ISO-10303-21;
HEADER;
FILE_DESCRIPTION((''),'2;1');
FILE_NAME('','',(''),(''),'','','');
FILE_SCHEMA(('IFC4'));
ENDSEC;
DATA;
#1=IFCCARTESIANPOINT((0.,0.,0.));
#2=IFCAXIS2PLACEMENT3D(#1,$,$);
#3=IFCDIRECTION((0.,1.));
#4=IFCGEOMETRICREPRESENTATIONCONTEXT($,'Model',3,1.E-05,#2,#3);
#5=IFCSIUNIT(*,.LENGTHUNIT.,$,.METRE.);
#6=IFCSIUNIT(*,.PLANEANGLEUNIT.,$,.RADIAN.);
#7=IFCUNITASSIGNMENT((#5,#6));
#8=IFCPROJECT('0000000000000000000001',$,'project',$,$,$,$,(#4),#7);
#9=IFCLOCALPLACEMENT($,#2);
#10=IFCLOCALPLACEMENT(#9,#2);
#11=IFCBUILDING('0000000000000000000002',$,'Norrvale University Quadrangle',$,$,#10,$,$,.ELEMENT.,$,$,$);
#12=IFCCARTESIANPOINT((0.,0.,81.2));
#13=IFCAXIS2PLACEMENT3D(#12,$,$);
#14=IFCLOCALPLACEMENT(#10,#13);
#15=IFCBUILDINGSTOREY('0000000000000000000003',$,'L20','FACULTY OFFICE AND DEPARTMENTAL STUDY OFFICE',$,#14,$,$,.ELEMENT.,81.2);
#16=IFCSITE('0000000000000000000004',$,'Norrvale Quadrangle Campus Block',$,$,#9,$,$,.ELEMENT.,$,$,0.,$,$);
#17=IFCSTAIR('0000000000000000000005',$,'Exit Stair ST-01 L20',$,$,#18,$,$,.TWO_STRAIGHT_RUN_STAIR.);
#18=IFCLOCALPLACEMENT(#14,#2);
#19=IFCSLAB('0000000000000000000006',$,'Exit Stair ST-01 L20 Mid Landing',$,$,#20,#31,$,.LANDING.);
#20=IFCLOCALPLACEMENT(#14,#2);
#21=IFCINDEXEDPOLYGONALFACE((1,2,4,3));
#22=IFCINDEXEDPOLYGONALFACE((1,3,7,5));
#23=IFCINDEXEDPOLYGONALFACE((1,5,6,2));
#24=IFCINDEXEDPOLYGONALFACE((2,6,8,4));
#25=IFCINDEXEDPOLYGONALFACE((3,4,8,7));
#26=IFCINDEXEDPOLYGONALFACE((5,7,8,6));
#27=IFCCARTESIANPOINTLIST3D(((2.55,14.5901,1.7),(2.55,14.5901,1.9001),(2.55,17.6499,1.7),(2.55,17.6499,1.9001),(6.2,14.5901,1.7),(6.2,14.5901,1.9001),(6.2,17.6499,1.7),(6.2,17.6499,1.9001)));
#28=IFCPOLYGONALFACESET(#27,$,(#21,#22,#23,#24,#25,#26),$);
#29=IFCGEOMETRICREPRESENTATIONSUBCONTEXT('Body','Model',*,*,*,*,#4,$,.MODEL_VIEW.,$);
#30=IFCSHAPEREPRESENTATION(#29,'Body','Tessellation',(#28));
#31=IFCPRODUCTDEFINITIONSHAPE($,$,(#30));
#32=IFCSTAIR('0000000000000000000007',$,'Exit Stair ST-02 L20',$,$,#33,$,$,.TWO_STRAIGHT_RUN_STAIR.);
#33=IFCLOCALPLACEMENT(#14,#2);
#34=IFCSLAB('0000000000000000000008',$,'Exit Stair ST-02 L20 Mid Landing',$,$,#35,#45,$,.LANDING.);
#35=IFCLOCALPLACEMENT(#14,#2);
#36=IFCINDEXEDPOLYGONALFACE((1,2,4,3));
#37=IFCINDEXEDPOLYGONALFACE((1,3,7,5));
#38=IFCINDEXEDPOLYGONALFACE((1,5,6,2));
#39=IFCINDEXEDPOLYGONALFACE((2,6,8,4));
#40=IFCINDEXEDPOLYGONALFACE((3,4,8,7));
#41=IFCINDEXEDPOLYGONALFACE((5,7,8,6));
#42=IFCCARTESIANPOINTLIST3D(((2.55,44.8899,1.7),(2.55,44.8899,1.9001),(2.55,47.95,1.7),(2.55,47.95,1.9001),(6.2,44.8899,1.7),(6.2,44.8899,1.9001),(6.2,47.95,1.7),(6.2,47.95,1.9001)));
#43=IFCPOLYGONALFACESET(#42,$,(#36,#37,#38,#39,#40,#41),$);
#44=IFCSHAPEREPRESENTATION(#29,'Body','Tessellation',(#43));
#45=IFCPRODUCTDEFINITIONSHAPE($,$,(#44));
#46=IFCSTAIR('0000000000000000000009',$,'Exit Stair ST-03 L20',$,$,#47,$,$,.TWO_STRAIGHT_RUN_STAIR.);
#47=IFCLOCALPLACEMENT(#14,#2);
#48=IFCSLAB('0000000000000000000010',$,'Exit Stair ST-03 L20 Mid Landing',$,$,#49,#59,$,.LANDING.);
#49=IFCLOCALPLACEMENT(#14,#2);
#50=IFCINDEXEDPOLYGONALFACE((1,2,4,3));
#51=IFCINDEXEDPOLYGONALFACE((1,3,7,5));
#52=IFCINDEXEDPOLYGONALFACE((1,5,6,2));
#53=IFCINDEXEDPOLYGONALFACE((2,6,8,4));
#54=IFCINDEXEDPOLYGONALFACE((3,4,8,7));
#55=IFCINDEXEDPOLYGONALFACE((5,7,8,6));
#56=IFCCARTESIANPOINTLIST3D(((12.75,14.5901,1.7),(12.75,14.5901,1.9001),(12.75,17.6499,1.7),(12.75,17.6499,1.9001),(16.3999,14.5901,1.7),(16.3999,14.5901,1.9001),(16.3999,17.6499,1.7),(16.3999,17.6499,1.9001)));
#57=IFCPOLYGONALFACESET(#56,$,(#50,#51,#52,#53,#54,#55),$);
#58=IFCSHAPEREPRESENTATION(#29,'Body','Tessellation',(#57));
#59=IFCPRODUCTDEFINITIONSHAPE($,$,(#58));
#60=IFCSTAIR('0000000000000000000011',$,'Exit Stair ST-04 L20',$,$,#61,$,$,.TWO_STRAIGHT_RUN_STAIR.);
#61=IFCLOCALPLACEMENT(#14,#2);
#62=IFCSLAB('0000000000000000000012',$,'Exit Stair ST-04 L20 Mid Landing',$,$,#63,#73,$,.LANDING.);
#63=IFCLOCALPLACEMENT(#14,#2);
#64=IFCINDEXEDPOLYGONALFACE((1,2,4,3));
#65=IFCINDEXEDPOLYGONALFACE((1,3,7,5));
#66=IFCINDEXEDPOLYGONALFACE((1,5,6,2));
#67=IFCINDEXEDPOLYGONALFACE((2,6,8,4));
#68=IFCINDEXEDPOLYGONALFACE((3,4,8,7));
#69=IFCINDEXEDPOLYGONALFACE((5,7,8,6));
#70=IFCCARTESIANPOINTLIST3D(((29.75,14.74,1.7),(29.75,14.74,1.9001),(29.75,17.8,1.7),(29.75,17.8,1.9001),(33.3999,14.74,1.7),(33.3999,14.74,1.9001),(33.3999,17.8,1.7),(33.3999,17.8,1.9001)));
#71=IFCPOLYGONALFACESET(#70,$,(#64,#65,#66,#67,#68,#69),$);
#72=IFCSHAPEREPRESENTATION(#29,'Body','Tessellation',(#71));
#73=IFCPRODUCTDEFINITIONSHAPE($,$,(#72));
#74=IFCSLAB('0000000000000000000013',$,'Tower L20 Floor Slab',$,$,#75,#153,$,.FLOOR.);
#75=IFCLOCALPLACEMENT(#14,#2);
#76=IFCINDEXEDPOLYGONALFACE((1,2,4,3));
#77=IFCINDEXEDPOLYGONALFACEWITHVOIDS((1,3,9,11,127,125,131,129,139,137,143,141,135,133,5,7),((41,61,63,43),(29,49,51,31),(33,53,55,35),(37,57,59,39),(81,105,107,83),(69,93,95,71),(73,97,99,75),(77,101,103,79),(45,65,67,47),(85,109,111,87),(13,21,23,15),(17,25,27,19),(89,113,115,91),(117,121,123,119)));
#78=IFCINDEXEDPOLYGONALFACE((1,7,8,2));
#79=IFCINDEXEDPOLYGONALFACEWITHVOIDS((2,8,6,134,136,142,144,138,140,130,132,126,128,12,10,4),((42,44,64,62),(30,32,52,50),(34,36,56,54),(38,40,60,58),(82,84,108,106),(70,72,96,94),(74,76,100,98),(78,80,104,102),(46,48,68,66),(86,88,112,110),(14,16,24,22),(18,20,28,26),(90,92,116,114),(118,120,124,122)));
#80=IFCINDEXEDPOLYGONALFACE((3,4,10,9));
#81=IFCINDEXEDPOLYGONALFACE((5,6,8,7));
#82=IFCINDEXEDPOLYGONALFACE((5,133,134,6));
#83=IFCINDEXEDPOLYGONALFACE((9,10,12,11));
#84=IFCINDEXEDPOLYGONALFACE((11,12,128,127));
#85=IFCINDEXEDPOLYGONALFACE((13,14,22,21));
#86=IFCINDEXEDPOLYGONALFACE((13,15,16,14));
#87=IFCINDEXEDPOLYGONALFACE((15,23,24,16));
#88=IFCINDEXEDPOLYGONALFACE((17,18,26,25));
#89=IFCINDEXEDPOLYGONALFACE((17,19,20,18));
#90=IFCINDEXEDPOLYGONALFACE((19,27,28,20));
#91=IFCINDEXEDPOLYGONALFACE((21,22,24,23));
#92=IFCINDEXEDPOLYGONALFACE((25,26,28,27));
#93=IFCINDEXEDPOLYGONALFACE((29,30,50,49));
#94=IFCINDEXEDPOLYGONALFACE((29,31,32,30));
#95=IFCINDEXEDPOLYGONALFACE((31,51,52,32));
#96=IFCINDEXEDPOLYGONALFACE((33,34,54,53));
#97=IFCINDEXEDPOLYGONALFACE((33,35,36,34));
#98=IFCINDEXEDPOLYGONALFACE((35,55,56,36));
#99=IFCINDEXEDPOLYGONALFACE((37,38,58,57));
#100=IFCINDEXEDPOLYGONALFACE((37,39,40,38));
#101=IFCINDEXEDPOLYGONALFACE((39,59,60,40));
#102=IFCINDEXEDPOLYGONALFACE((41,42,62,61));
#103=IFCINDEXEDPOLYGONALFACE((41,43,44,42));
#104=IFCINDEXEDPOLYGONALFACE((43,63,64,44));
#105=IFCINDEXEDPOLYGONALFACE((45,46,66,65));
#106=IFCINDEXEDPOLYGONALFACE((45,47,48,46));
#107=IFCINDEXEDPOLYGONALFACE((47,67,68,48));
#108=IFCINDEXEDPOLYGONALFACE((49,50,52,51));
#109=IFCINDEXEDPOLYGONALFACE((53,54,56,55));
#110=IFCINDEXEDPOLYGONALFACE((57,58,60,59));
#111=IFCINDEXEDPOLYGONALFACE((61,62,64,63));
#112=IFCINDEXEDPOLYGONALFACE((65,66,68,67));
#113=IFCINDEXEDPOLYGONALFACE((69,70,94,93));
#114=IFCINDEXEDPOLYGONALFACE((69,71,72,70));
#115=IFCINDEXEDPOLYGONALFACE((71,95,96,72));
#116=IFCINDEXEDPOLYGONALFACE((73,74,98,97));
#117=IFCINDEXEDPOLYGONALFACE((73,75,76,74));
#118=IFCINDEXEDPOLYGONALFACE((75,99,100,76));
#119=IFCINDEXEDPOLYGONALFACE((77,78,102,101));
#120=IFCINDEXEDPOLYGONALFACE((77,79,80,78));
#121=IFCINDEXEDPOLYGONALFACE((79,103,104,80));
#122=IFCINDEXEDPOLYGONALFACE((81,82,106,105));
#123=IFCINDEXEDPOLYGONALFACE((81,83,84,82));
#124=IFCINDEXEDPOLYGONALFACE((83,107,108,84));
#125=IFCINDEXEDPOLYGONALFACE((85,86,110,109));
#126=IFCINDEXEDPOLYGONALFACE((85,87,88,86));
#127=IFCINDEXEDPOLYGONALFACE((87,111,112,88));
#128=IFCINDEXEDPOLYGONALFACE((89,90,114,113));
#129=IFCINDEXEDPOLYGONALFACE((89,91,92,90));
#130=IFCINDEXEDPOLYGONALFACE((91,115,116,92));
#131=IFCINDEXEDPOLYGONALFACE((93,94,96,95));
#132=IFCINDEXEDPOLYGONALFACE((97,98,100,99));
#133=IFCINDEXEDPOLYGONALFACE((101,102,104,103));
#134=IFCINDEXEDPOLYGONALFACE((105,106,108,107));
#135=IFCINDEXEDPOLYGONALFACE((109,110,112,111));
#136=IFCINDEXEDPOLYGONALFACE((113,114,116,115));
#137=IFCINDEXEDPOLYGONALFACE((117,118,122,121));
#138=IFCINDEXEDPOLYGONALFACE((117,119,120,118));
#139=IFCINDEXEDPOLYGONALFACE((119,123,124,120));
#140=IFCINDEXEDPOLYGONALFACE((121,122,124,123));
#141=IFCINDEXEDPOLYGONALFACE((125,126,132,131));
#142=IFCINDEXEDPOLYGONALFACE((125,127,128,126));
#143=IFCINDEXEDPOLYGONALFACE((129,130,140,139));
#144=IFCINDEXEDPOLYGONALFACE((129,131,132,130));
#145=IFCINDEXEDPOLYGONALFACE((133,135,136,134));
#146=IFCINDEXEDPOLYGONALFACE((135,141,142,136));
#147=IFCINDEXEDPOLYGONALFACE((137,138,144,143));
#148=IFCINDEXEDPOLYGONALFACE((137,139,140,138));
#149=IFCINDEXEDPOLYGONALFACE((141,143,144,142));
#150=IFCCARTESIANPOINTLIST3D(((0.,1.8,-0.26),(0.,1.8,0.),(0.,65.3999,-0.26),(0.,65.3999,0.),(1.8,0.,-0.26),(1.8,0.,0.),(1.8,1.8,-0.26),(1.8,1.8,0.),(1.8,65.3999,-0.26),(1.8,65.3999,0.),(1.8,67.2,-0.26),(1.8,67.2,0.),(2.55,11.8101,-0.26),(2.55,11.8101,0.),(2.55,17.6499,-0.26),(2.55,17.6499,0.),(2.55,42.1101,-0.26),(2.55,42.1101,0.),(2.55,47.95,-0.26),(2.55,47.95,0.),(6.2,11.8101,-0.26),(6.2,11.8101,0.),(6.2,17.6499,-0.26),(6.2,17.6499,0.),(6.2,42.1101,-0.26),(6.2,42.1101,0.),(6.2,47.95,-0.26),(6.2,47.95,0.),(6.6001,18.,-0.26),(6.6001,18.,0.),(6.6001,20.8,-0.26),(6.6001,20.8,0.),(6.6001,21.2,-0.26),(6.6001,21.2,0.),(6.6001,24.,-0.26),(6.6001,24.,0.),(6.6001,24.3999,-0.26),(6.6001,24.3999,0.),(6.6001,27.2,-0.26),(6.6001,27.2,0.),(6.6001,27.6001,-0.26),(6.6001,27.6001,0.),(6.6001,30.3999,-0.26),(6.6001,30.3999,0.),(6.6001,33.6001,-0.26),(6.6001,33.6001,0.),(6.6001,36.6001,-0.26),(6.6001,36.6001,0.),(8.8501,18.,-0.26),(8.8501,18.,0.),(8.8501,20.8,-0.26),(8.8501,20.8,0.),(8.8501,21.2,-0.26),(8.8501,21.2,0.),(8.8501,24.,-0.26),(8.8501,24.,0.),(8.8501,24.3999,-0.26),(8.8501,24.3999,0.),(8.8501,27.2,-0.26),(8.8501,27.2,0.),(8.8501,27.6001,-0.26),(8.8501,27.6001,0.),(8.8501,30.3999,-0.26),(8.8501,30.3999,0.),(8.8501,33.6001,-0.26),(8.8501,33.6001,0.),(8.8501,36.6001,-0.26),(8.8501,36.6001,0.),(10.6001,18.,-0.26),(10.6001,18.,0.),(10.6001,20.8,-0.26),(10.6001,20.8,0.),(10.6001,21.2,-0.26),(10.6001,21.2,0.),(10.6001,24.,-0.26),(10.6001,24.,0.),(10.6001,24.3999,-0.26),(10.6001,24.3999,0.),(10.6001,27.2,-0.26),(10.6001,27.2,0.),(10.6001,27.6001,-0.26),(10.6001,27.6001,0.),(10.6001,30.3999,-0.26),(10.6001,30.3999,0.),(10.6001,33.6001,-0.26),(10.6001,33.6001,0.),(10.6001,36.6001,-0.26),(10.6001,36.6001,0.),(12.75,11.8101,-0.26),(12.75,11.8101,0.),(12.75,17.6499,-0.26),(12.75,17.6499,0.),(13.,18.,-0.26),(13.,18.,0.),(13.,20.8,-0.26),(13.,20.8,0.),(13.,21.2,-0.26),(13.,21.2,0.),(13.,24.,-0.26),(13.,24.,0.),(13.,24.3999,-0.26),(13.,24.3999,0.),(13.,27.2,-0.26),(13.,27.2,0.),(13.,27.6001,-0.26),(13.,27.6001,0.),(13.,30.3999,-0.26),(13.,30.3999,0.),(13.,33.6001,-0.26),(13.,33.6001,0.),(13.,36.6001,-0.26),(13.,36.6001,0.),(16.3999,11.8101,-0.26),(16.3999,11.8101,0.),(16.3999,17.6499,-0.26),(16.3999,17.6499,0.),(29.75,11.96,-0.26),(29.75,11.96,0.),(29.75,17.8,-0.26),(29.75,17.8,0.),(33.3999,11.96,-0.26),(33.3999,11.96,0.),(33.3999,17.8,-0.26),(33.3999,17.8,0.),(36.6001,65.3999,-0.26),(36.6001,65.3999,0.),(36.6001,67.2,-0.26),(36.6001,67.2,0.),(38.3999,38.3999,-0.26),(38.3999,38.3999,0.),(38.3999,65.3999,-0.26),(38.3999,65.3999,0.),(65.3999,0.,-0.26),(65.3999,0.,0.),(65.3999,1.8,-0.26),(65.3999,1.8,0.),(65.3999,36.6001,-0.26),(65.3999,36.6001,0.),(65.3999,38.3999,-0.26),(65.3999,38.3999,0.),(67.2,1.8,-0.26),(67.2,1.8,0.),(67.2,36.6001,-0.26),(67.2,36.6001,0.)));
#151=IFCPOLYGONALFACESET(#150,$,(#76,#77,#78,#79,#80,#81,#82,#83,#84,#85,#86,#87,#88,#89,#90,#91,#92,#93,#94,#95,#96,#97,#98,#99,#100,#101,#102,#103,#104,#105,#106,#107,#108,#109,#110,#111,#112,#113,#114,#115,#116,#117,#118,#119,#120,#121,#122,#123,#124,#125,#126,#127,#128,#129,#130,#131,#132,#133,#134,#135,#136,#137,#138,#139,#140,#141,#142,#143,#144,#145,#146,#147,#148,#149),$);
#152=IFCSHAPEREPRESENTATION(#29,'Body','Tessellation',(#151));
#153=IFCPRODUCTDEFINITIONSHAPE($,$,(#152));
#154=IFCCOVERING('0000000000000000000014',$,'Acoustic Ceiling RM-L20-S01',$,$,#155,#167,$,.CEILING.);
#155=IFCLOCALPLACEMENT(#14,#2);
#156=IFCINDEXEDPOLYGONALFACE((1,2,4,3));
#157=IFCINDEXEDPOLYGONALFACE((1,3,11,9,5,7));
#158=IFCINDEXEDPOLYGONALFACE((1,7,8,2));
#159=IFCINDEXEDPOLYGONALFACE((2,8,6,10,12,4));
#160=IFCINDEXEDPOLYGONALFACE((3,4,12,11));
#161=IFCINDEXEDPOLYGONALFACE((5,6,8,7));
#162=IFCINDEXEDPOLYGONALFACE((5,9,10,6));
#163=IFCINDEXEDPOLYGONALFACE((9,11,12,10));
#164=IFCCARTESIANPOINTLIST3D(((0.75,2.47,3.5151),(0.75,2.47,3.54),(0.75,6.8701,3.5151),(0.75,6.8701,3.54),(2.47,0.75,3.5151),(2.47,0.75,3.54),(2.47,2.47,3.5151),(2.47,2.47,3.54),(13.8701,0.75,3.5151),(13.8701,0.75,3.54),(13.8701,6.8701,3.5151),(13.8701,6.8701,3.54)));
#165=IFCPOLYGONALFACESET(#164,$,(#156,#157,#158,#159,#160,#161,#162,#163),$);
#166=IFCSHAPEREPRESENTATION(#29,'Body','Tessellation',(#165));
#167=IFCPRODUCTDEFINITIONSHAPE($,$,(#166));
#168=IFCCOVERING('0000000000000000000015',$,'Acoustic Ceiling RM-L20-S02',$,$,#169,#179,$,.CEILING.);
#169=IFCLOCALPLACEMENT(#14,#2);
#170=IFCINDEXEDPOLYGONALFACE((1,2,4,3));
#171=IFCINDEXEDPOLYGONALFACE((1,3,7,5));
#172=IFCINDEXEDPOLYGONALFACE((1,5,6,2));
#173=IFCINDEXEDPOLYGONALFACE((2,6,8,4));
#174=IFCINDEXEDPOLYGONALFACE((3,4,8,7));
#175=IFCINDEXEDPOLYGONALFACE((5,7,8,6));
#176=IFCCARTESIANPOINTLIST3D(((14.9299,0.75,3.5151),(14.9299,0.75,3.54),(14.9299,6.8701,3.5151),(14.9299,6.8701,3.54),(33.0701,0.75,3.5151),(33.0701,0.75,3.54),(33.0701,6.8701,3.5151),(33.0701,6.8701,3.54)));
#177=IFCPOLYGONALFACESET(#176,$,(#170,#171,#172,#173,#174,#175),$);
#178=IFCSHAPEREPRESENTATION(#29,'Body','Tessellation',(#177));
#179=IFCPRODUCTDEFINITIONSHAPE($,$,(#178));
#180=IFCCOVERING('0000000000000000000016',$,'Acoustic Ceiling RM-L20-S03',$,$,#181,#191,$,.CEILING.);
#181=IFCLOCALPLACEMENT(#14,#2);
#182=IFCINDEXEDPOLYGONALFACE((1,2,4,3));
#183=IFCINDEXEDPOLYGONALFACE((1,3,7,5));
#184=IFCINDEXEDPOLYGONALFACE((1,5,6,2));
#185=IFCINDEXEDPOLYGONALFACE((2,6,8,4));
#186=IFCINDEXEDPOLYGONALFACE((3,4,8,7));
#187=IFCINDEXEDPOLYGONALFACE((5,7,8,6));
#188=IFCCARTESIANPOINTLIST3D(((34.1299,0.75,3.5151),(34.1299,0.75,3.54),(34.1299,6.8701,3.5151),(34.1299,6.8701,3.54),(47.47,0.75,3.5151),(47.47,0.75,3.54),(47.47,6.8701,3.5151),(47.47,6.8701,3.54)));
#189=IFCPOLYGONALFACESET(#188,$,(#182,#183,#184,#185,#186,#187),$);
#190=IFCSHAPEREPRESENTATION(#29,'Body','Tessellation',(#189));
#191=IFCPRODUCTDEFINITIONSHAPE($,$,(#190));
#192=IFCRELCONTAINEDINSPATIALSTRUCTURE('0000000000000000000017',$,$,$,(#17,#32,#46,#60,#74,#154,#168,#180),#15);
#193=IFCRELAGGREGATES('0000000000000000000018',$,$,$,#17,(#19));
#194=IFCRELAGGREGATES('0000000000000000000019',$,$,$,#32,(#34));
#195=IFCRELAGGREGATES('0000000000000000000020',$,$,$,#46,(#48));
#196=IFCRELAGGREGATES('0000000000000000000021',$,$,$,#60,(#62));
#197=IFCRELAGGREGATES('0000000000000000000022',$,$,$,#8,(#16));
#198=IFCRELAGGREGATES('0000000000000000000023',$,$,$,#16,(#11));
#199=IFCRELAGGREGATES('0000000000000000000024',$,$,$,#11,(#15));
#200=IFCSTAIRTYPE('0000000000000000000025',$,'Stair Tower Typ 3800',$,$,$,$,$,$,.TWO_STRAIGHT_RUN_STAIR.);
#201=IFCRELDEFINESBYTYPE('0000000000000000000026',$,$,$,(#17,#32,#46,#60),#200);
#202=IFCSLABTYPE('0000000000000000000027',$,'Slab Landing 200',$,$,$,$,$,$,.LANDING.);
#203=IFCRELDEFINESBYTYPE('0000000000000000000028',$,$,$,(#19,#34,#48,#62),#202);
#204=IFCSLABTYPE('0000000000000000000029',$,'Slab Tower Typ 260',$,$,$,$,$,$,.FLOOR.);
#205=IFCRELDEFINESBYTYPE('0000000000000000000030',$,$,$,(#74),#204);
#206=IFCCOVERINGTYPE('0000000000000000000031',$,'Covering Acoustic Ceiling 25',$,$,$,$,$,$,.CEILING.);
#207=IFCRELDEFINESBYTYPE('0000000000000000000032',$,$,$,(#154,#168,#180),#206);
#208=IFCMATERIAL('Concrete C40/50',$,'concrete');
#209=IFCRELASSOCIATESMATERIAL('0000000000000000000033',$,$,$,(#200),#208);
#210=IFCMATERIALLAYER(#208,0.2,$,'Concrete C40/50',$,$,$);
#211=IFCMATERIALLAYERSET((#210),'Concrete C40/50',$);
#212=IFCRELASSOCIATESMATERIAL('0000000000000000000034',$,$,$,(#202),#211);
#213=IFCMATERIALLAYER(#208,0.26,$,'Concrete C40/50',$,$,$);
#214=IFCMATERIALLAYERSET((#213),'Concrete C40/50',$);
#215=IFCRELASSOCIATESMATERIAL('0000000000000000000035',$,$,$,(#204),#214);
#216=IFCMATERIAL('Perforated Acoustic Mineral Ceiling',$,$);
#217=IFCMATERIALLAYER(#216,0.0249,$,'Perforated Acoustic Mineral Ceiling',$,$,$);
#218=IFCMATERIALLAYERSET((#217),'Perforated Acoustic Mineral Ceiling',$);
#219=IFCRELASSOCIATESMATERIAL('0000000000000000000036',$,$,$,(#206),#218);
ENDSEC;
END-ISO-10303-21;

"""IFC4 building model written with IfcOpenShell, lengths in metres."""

from ifc_helpers import new_model, si_unit, direction, frame, origin, place, context, subcontext, project, spatial, polyline, outline, extrude, material, layer, layer_set, type_object, element, aggregate, save


model = new_model("IFC4")

# Units and contexts
model_context = context("Model", 3, precision=1e-05, world=origin(), true_north=direction((0.0, 1.0)))
body_context = subcontext(model_context, "Body", "Model", "MODEL_VIEW")
ifc_project = project(units=[si_unit("LENGTHUNIT", "METRE"), si_unit("PLANEANGLEUNIT", "RADIAN")], contexts=[model_context])

# Site, building, storey
site_placement = place(None, origin())
site = spatial("IfcSite", under=ifc_project, at=site_placement, Name="Norrvale Quadrangle Campus Block", CompositionType="ELEMENT", RefElevation=0.0)
building_placement = place(site_placement, origin())
building = spatial("IfcBuilding", under=site, at=building_placement, Name="Norrvale University Quadrangle", CompositionType="ELEMENT")
storey_placement = place(building_placement, frame((0.0, 0.0, 81.2)))
storey = spatial("IfcBuildingStorey", under=building, at=storey_placement, Name="L20", Description="FACULTY OFFICE AND DEPARTMENTAL STUDY OFFICE", CompositionType="ELEMENT", Elevation=81.2)

# Stairs, slabs
ifc_material_1 = material(Name="Concrete C40/50", Category="concrete")
stair_type = type_object("IfcStairType", Name="Stair Tower Typ 3800", PredefinedType="TWO_STRAIGHT_RUN_STAIR", material=ifc_material_1)
stair_1_placement = place(storey_placement, origin())
stair_1 = element("IfcStair", 1, at=stair_1_placement, inside=storey, type_object=stair_type, Name="Exit Stair ST-01 L20", PredefinedType="TWO_STRAIGHT_RUN_STAIR")
ifc_layer_1 = layer(ifc_material_1, 0.2, Name="Concrete C40/50")
ifc_layer_set_1 = layer_set([ifc_layer_1], Name="Concrete C40/50")
slab_type_1 = type_object("IfcSlabType", Name="Slab Landing 200", PredefinedType="LANDING", material=ifc_layer_set_1)
slab_1_placement = place(storey_placement, frame((0.0, 0.0, 1.7)))
slab_1 = element("IfcSlab", 2, at=slab_1_placement, type_object=slab_type_1, Name="Exit Stair ST-01 L20 Mid Landing", PredefinedType="LANDING", context=body_context, shape_type="SweptSolid", body=[
    extrude(outline(polyline([(2.55, 14.5901), (6.2, 14.5901), (6.2, 17.6499), (2.55, 17.6499), (2.55, 14.5901)])), origin(), (0.0, 0.0, 1.0), 0.2002),
])
aggregate(stair_1, [slab_1])
stair_2_placement = place(storey_placement, origin())
stair_2 = element("IfcStair", 3, at=stair_2_placement, inside=storey, type_object=stair_type, Name="Exit Stair ST-02 L20", PredefinedType="TWO_STRAIGHT_RUN_STAIR")
slab_2_placement = place(storey_placement, frame((0.0, 0.0, 1.7)))
slab_2 = element("IfcSlab", 4, at=slab_2_placement, type_object=slab_type_1, Name="Exit Stair ST-02 L20 Mid Landing", PredefinedType="LANDING", context=body_context, shape_type="SweptSolid", body=[
    extrude(outline(polyline([(2.55, 44.8899), (6.2, 44.8899), (6.2, 47.95), (2.55, 47.95), (2.55, 44.8899)])), origin(), (0.0, 0.0, 1.0), 0.2002),
])
aggregate(stair_2, [slab_2])
stair_3_placement = place(storey_placement, origin())
stair_3 = element("IfcStair", 5, at=stair_3_placement, inside=storey, type_object=stair_type, Name="Exit Stair ST-03 L20", PredefinedType="TWO_STRAIGHT_RUN_STAIR")
slab_3_placement = place(storey_placement, frame((0.0, 0.0, 1.7)))
slab_3 = element("IfcSlab", 6, at=slab_3_placement, type_object=slab_type_1, Name="Exit Stair ST-03 L20 Mid Landing", PredefinedType="LANDING", context=body_context, shape_type="SweptSolid", body=[
    extrude(outline(polyline([(12.75, 14.5901), (16.3999, 14.5901), (16.3999, 17.6499), (12.75, 17.6499), (12.75, 14.5901)])), origin(), (0.0, 0.0, 1.0), 0.2002),
])
aggregate(stair_3, [slab_3])
stair_4_placement = place(storey_placement, origin())
stair_4 = element("IfcStair", 7, at=stair_4_placement, inside=storey, type_object=stair_type, Name="Exit Stair ST-04 L20", PredefinedType="TWO_STRAIGHT_RUN_STAIR")
slab_4_placement = place(storey_placement, frame((0.0, 0.0, 1.7)))
slab_4 = element("IfcSlab", 8, at=slab_4_placement, type_object=slab_type_1, Name="Exit Stair ST-04 L20 Mid Landing", PredefinedType="LANDING", context=body_context, shape_type="SweptSolid", body=[
    extrude(outline(polyline([(29.75, 14.74), (33.3999, 14.74), (33.3999, 17.8), (29.75, 17.8), (29.75, 14.74)])), origin(), (0.0, 0.0, 1.0), 0.2002),
])
aggregate(stair_4, [slab_4])

# Slab
ifc_layer_2 = layer(ifc_material_1, 0.26, Name="Concrete C40/50")
ifc_layer_set_2 = layer_set([ifc_layer_2], Name="Concrete C40/50")
slab_type_2 = type_object("IfcSlabType", Name="Slab Tower Typ 260", PredefinedType="FLOOR", material=ifc_layer_set_2)
slab_5_placement = place(storey_placement, frame((0.0, 0.0, -0.26)))
element("IfcSlab", 9, at=slab_5_placement, inside=storey, type_object=slab_type_2, Name="Tower L20 Floor Slab", PredefinedType="FLOOR", context=body_context, shape_type="SweptSolid", body=[
    extrude(outline(polyline([(1.8, 0.0), (65.3999, 0.0), (65.3999, 1.8), (67.2, 1.8), (67.2, 36.6001), (65.3999, 36.6001), (65.3999, 38.3999), (38.3999, 38.3999), (38.3999, 65.3999), (36.6001, 65.3999), (36.6001, 67.2), (1.8, 67.2), (1.8, 65.3999), (0.0, 65.3999), (0.0, 1.8), (1.8, 1.8), (1.8, 0.0)]), holes=[polyline([(2.55, 11.8101), (6.2, 11.8101), (6.2, 17.6499), (2.55, 17.6499), (2.55, 11.8101)]), polyline([(2.55, 42.1101), (6.2, 42.1101), (6.2, 47.95), (2.55, 47.95), (2.55, 42.1101)]), polyline([(12.75, 11.8101), (16.3999, 11.8101), (16.3999, 17.6499), (12.75, 17.6499), (12.75, 11.8101)]), polyline([(29.75, 11.96), (33.3999, 11.96), (33.3999, 17.8), (29.75, 17.8), (29.75, 11.96)]), polyline([(6.6001, 18.0), (8.8501, 18.0), (8.8501, 20.8), (6.6001, 20.8), (6.6001, 18.0)]), polyline([(6.6001, 21.2), (8.8501, 21.2), (8.8501, 24.0), (6.6001, 24.0), (6.6001, 21.2)]), polyline([(6.6001, 24.3999), (8.8501, 24.3999), (8.8501, 27.2), (6.6001, 27.2), (6.6001, 24.3999)]), polyline([(6.6001, 27.6001), (8.8501, 27.6001), (8.8501, 30.3999), (6.6001, 30.3999), (6.6001, 27.6001)]), polyline([(10.6001, 18.0), (13.0, 18.0), (13.0, 20.8), (10.6001, 20.8), (10.6001, 18.0)]), polyline([(10.6001, 21.2), (13.0, 21.2), (13.0, 24.0), (10.6001, 24.0), (10.6001, 21.2)]), polyline([(10.6001, 24.3999), (13.0, 24.3999), (13.0, 27.2), (10.6001, 27.2), (10.6001, 24.3999)]), polyline([(10.6001, 27.6001), (13.0, 27.6001), (13.0, 30.3999), (10.6001, 30.3999), (10.6001, 27.6001)]), polyline([(6.6001, 33.6001), (8.8501, 33.6001), (8.8501, 36.6001), (6.6001, 36.6001), (6.6001, 33.6001)]), polyline([(10.6001, 33.6001), (13.0, 33.6001), (13.0, 36.6001), (10.6001, 36.6001), (10.6001, 33.6001)])]), origin(), (0.0, 0.0, 1.0), 0.26),
])

# Coverings
ifc_material_2 = material(Name="Perforated Acoustic Mineral Ceiling")
ifc_layer_3 = layer(ifc_material_2, 0.0249, Name="Perforated Acoustic Mineral Ceiling")
ifc_layer_set_3 = layer_set([ifc_layer_3], Name="Perforated Acoustic Mineral Ceiling")
covering_type_1 = type_object("IfcCoveringType", Name="Covering Acoustic Ceiling 25", PredefinedType="CEILING", material=ifc_layer_set_3)
covering_1_placement = place(storey_placement, frame((0.0, 0.0, 3.5151)))
element("IfcCovering", 10, at=covering_1_placement, inside=storey, type_object=covering_type_1, Name="Acoustic Ceiling RM-L20-S01", PredefinedType="CEILING", context=body_context, shape_type="SweptSolid", body=[
    extrude(outline(polyline([(0.75, 6.8701), (13.8701, 6.8701), (13.8701, 0.75), (2.47, 0.75), (2.47, 2.47), (0.75, 2.47), (0.75, 6.8701)])), origin(), (0.0, 0.0, 1.0), 0.0249),
])
covering_2_placement = place(storey_placement, frame((0.0, 0.0, 3.5151)))
element("IfcCovering", 11, at=covering_2_placement, inside=storey, type_object=covering_type_1, Name="Acoustic Ceiling RM-L20-S02", PredefinedType="CEILING", context=body_context, shape_type="SweptSolid", body=[
    extrude(outline(polyline([(14.9299, 6.8701), (33.0701, 6.8701), (33.0701, 0.75), (14.9299, 0.75), (14.9299, 6.8701)])), origin(), (0.0, 0.0, 1.0), 0.0249),
])
covering_3_placement = place(storey_placement, frame((0.0, 0.0, 3.5151)))
element("IfcCovering", 12, at=covering_3_placement, inside=storey, type_object=covering_type_1, Name="Acoustic Ceiling RM-L20-S03", PredefinedType="CEILING", context=body_context, shape_type="SweptSolid", body=[
    extrude(outline(polyline([(34.1299, 6.8701), (47.47, 6.8701), (47.47, 0.75), (34.1299, 0.75), (34.1299, 6.8701)])), origin(), (0.0, 0.0, 1.0), 0.0249),
])

save(model, "model.ifc")
